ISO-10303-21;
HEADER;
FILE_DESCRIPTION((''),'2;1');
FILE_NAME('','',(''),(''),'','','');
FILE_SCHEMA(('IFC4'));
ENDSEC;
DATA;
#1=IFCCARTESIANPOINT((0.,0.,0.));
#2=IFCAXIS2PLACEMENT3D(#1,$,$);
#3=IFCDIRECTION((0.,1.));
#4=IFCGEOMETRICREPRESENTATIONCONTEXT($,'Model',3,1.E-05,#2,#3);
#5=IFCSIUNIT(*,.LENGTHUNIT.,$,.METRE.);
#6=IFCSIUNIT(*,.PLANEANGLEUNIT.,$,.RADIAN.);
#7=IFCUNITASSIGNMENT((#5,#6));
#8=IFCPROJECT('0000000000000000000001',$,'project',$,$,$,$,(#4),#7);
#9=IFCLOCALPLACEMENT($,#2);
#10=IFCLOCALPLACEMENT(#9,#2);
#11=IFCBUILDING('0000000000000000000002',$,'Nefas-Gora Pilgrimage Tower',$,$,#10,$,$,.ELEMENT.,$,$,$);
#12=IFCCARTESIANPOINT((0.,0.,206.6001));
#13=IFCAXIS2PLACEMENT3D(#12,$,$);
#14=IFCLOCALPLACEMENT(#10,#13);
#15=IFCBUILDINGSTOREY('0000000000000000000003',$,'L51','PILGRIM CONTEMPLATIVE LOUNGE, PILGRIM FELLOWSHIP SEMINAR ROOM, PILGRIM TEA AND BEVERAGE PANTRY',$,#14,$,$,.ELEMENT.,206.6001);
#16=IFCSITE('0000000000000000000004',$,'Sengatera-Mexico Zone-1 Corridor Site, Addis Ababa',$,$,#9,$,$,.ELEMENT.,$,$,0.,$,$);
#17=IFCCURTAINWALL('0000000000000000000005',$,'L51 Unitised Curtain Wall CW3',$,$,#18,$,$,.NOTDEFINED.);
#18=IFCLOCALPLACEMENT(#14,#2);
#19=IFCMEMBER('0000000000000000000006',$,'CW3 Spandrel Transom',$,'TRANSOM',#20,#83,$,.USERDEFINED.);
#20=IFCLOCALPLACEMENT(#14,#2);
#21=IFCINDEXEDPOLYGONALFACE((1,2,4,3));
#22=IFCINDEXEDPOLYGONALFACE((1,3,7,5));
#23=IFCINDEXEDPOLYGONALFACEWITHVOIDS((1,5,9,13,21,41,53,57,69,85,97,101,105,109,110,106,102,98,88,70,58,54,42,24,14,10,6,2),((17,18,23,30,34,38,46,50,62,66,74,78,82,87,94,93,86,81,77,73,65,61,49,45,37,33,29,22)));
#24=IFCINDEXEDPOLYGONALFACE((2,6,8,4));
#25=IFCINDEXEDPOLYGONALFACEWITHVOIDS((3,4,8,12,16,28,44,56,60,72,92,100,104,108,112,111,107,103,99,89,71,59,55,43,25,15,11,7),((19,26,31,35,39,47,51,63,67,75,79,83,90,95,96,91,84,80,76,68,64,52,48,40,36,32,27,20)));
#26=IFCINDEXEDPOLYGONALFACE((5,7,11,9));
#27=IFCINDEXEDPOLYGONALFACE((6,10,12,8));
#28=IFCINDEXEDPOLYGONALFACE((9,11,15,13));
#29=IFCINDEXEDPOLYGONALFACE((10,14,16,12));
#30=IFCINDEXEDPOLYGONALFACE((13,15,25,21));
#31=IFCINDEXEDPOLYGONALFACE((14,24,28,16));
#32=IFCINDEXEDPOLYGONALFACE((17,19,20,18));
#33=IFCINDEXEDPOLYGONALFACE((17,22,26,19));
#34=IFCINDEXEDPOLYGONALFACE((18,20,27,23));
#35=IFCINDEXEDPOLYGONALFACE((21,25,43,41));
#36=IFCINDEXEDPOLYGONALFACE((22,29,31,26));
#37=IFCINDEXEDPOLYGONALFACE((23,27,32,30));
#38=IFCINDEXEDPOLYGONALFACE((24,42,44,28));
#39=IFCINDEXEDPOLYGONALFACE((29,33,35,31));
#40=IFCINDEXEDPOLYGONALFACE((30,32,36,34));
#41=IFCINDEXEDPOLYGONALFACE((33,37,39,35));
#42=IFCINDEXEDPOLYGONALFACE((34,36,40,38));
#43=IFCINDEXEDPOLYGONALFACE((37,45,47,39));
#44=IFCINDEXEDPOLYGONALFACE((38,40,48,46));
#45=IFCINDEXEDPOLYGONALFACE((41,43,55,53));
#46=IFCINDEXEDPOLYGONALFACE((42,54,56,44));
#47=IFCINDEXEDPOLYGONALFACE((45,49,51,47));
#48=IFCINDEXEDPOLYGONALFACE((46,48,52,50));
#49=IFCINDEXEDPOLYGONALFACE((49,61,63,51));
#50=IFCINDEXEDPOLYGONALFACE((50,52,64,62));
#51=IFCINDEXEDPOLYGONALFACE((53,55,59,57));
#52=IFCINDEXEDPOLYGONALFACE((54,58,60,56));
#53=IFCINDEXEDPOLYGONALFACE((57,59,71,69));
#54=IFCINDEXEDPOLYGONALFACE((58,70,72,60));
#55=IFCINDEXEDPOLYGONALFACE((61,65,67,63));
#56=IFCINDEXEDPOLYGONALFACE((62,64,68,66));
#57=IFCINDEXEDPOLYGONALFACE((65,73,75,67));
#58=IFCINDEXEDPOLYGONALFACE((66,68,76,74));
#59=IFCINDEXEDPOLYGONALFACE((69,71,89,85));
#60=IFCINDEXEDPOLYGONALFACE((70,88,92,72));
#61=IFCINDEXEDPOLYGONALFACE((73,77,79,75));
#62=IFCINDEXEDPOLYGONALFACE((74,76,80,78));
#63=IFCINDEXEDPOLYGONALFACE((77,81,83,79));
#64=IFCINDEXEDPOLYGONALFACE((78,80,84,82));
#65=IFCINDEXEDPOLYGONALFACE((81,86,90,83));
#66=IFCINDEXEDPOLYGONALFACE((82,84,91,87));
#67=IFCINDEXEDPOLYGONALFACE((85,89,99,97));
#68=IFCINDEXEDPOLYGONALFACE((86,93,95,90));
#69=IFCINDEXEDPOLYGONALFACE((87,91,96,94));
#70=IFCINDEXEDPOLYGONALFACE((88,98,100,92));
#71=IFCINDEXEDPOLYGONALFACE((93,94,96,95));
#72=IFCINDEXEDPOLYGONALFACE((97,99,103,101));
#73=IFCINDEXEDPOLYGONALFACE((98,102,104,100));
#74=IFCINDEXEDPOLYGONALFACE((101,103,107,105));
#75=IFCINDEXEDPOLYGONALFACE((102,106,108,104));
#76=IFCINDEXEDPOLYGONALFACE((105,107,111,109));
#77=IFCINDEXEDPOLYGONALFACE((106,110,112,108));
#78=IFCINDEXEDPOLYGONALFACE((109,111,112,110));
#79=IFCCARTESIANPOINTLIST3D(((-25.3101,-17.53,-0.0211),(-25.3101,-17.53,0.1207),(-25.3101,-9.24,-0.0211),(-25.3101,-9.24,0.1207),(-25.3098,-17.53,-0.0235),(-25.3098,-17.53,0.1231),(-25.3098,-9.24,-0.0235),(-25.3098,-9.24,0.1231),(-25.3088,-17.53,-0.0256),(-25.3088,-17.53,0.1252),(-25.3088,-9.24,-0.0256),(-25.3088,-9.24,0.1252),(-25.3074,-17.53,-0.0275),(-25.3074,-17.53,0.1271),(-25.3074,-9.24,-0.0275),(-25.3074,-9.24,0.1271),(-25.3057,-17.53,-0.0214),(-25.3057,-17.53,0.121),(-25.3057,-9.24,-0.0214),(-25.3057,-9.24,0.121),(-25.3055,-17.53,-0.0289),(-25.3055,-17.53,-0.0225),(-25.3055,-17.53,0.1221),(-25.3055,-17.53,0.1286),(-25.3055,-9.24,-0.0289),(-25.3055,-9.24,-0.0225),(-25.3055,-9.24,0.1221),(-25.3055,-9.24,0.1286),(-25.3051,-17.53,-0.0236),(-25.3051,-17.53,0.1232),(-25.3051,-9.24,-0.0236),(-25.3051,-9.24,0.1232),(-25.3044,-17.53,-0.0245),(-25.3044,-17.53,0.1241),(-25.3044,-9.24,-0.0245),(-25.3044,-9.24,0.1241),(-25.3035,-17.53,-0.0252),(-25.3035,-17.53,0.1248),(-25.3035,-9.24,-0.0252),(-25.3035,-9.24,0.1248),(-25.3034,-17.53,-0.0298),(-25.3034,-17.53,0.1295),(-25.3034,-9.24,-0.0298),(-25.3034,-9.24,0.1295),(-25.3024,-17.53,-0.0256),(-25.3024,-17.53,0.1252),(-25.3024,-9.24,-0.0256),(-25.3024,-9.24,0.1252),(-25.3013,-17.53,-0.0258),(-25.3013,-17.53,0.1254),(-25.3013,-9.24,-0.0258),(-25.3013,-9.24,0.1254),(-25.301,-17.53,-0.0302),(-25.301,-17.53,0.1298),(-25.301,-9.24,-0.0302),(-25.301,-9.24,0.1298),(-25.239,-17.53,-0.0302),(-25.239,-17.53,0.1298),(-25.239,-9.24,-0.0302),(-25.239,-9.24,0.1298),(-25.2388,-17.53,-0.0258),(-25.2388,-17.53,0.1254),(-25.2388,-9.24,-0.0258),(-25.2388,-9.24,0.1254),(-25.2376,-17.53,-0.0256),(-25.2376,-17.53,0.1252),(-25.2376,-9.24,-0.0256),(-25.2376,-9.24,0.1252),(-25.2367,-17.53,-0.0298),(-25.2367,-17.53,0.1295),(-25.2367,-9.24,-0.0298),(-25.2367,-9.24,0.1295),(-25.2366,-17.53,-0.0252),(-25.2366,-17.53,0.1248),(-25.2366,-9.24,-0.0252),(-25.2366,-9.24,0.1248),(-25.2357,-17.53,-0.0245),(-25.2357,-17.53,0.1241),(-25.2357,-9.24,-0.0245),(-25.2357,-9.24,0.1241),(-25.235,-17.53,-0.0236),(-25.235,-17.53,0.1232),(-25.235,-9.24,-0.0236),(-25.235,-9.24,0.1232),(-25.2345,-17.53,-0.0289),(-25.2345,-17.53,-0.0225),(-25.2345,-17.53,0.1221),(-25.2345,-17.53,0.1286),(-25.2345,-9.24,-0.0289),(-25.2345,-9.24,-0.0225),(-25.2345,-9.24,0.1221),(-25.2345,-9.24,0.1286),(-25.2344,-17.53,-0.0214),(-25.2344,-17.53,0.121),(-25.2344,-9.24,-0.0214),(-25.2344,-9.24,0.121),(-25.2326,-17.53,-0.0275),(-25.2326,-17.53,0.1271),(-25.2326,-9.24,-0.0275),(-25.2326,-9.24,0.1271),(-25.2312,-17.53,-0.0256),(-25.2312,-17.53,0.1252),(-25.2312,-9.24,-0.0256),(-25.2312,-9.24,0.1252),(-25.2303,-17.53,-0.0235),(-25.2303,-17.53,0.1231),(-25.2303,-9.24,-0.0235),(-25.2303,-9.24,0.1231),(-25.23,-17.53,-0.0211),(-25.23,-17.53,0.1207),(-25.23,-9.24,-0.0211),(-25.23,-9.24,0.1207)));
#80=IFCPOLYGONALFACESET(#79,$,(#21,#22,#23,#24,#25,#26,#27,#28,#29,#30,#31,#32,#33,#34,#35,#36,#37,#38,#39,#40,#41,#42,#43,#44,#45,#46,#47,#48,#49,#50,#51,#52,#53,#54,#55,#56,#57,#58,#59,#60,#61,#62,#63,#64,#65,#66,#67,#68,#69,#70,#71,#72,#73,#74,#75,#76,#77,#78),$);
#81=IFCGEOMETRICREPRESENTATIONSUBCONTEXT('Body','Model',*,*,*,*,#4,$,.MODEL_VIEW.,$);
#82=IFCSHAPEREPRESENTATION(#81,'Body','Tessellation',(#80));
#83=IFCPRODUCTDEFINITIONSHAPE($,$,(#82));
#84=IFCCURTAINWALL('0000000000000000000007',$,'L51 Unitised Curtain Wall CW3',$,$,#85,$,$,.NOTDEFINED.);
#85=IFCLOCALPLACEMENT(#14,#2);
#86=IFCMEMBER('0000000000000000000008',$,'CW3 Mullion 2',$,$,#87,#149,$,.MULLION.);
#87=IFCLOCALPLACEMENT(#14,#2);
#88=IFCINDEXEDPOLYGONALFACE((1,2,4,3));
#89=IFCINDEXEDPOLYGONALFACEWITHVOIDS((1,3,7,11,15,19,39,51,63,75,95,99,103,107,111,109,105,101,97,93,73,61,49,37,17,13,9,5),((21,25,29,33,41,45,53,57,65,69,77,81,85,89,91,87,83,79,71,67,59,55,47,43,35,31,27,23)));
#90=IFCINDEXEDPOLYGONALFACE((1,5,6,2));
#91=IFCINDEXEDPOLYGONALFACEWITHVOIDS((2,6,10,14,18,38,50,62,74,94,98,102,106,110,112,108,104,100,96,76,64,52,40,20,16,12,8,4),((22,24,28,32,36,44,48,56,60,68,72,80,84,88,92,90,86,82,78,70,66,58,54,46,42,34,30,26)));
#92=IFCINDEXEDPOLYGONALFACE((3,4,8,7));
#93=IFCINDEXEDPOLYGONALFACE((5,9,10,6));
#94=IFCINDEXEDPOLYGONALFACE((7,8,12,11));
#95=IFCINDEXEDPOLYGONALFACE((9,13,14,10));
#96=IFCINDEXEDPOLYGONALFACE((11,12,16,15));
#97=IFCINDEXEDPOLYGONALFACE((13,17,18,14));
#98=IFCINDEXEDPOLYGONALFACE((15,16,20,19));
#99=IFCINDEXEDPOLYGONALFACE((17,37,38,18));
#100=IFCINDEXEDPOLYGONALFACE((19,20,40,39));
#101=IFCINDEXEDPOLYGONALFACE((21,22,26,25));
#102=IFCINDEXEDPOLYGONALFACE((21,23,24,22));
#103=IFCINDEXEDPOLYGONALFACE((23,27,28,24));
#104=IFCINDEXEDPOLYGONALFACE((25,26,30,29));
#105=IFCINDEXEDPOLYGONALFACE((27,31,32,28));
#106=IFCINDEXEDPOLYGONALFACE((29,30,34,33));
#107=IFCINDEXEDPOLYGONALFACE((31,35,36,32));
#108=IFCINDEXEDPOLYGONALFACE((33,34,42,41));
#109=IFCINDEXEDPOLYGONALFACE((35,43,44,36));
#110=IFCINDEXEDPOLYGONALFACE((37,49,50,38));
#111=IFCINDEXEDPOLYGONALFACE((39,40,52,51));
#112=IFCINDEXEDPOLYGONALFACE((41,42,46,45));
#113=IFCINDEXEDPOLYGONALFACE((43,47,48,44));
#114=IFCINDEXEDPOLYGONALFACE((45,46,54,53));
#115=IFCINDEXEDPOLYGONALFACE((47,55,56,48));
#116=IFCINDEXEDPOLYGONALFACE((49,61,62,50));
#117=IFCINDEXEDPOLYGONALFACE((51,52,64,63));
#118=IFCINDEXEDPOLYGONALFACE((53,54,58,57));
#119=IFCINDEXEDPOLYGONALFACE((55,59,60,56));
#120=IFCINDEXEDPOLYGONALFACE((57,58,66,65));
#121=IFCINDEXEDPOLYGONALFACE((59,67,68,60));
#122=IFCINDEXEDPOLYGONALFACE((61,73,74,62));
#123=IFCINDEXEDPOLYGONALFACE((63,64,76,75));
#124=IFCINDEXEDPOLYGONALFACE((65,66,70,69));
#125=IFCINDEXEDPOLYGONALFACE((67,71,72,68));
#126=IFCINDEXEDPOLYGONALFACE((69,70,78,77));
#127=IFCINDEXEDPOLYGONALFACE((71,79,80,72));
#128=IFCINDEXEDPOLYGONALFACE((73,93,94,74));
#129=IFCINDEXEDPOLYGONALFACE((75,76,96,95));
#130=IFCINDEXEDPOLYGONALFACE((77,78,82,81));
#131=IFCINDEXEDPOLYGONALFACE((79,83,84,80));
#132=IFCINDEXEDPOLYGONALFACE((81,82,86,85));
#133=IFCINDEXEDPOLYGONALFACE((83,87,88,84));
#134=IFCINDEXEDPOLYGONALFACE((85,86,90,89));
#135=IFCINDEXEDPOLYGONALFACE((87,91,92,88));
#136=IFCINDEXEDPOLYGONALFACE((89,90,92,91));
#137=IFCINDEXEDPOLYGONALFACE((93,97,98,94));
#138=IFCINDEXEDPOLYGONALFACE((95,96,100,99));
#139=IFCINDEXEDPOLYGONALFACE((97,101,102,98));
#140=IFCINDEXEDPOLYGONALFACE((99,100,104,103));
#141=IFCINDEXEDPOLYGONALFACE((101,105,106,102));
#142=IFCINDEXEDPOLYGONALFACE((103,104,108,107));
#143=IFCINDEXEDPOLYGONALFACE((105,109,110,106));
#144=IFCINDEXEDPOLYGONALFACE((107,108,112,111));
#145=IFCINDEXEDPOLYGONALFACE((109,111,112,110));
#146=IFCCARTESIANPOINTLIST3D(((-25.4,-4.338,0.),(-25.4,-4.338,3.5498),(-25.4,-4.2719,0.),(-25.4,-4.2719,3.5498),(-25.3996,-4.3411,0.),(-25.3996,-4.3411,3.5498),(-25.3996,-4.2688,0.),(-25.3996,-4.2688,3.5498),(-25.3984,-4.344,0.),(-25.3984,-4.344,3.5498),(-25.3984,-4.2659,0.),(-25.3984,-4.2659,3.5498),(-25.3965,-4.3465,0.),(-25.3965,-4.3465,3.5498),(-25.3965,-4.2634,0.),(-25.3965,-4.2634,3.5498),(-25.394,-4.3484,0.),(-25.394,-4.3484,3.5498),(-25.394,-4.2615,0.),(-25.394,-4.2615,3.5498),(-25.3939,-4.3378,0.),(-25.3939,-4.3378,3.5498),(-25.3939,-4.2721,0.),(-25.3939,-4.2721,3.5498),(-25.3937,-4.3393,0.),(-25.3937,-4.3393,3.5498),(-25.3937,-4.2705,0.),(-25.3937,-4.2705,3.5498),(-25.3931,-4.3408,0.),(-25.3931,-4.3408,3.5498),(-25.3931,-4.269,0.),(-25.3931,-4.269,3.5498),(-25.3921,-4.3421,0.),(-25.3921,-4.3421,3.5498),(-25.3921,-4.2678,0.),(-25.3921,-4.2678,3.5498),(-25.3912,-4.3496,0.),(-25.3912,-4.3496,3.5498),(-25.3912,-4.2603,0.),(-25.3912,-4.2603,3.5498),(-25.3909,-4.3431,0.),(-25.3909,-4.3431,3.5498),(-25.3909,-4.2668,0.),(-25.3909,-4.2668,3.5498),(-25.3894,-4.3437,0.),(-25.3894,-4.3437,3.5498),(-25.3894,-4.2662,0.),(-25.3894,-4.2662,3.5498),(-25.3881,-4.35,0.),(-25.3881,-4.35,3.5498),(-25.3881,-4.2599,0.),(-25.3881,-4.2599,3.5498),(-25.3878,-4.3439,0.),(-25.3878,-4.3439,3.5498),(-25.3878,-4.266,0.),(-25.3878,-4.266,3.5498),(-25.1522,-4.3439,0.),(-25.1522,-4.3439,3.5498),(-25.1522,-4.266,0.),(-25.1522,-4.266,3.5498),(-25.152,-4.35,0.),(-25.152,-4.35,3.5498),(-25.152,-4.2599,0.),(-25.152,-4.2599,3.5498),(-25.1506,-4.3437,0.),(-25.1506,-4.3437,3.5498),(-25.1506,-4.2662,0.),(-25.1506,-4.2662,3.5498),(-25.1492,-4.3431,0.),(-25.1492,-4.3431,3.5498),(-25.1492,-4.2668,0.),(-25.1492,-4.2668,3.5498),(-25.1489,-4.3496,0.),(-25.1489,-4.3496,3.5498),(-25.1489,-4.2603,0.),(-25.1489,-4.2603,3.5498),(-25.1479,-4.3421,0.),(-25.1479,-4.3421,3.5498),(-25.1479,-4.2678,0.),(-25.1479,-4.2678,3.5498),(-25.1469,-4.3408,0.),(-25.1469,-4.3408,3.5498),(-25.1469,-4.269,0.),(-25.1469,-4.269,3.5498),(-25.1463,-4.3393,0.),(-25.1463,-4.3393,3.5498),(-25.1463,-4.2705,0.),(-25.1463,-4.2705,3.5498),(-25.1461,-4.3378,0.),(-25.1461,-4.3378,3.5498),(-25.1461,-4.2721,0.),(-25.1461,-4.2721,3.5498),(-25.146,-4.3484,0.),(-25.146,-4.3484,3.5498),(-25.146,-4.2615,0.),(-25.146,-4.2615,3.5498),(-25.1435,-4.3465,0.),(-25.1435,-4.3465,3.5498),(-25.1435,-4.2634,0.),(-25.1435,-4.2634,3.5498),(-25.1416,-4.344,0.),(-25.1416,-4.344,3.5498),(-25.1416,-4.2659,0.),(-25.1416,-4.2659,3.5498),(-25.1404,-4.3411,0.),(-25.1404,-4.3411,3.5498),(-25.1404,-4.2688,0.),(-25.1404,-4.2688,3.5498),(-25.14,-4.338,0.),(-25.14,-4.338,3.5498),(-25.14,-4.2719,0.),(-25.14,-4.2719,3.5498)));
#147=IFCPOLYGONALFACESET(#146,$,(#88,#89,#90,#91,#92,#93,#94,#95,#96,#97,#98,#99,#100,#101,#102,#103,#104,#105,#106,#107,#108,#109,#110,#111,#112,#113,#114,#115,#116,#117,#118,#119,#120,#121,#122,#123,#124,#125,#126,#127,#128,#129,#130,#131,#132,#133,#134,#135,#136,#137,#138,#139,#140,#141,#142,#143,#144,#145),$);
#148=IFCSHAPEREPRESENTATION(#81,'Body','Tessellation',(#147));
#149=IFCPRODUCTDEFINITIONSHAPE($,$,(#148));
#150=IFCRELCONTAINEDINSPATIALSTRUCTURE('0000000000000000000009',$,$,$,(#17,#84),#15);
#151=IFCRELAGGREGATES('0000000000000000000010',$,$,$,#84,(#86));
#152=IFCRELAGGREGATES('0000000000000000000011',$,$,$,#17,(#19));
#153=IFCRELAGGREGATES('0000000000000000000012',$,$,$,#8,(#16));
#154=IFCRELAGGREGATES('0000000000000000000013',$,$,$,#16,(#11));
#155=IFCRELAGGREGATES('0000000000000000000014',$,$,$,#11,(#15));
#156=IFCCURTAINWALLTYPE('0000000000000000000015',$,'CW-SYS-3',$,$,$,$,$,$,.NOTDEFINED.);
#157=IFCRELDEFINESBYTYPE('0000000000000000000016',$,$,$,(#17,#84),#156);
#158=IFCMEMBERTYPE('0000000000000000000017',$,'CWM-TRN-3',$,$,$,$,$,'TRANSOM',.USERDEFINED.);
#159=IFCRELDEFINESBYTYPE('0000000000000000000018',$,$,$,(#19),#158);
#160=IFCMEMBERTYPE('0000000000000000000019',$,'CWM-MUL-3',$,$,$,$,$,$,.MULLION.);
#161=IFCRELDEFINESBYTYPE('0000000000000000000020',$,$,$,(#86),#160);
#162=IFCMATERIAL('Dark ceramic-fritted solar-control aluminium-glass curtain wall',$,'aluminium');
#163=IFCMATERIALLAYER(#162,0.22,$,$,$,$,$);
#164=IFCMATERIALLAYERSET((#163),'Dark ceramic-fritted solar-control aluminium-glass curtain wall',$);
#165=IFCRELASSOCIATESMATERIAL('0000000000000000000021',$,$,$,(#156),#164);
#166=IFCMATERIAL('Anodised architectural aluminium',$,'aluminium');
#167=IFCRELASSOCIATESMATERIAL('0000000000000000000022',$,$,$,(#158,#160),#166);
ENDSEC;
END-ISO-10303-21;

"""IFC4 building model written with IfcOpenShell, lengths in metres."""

from ifc_helpers import new_model, si_unit, direction, frame, origin, origin_2d, place, context, subcontext, project, spatial, hollow_rectangle, extrude, source, transform, mapped, material, layer, layer_set, material_profile, profile_set, type_object, element, aggregate, save


model = new_model("IFC4")

# Units and contexts
model_context = context("Model", 3, precision=1e-05, world=origin(), true_north=direction((0.0, 1.0)))
body_context = subcontext(model_context, "Body", "Model", "MODEL_VIEW")
ifc_project = project(units=[si_unit("LENGTHUNIT", "METRE"), si_unit("PLANEANGLEUNIT", "RADIAN")], contexts=[model_context])

# Site, building, storey
site_placement = place(None, origin())
site = spatial("IfcSite", under=ifc_project, at=site_placement, Name="Sengatera-Mexico Zone-1 Corridor Site, Addis Ababa", CompositionType="ELEMENT", RefElevation=0.0)
building_placement = place(site_placement, origin())
building = spatial("IfcBuilding", under=site, at=building_placement, Name="Nefas-Gora Pilgrimage Tower", CompositionType="ELEMENT")
storey_placement = place(building_placement, frame((0.0, 0.0, 206.6001)))
storey = spatial("IfcBuildingStorey", under=building, at=storey_placement, Name="L51", Description="PILGRIM CONTEMPLATIVE LOUNGE, PILGRIM FELLOWSHIP SEMINAR ROOM, PILGRIM TEA AND BEVERAGE PANTRY", CompositionType="ELEMENT", Elevation=206.6001)

# Curtain walls, members
ifc_material_1 = material(Name="Dark ceramic-fritted solar-control aluminium-glass curtain wall", Category="aluminium")
ifc_layer_1 = layer(ifc_material_1, 0.22)
ifc_layer_set_1 = layer_set([ifc_layer_1], Name="Dark ceramic-fritted solar-control aluminium-glass curtain wall")
curtain_wall_type = type_object("IfcCurtainWallType", Name="CW-SYS-3", PredefinedType="NOTDEFINED", material=ifc_layer_set_1)
curtain_wall_1_placement = place(storey_placement, origin())
curtain_wall_1 = element("IfcCurtainWall", 1, at=curtain_wall_1_placement, inside=storey, type_object=curtain_wall_type, Name="L51 Unitised Curtain Wall CW3", PredefinedType="NOTDEFINED")
ifc_material_2 = material(Name="Anodised architectural aluminium", Category="aluminium")
ifc_material_profile_1 = material_profile(ifc_material_2, hollow_rectangle(XDim=0.0801, YDim=0.1599, WallThickness=0.0044, InnerFilletRadius=0.0044, OuterFilletRadius=0.009, at=origin_2d()), Name="ALU TRANSOM 80x160")
ifc_profile_set_1 = profile_set([ifc_material_profile_1], Name="Anodised architectural aluminium")
member_type_1 = type_object("IfcMemberType", Name="CWM-TRN-3", ElementType="TRANSOM", PredefinedType="USERDEFINED", material=ifc_profile_set_1)
shared_shape_1 = source(origin(), body_context, "Body", "SweptSolid", [
    extrude(hollow_rectangle(XDim=0.0801, YDim=0.1599, WallThickness=0.0044, InnerFilletRadius=0.0044, OuterFilletRadius=0.009, at=origin_2d()), origin(), (0.0, 0.0, 1.0), 8.29),
])
member_1_placement = place(storey_placement, frame((-25.27, -9.24, 0.0498), z_axis=(0.0, -1.0, 0.0), x_axis=(1.0, 0.0, 0.0)))
member_1 = element("IfcMember", 2, at=member_1_placement, type_object=member_type_1, Name="CW3 Spandrel Transom", ObjectType="TRANSOM", PredefinedType="USERDEFINED", context=body_context, shape_type="MappedRepresentation", body=[
    mapped(shared_shape_1, transform((0.0, 0.0, 0.0), x_axis=(1.0, 0.0, 0.0), y_axis=(0.0, 1.0, 0.0), z_axis=(0.0, 0.0, 1.0), scale=1.0)),
])
curtain_wall_2_placement = place(storey_placement, origin())
curtain_wall_2 = element("IfcCurtainWall", 3, at=curtain_wall_2_placement, inside=storey, type_object=curtain_wall_type, Name="L51 Unitised Curtain Wall CW3", PredefinedType="NOTDEFINED")
ifc_material_profile_2 = material_profile(ifc_material_2, hollow_rectangle(XDim=0.0901, YDim=0.26, WallThickness=0.0061, InnerFilletRadius=0.0061, OuterFilletRadius=0.012, at=origin_2d()), Name="ALU MULLION 90x260")
ifc_profile_set_2 = profile_set([ifc_material_profile_2], Name="Anodised architectural aluminium")
member_type_2 = type_object("IfcMemberType", Name="CWM-MUL-3", PredefinedType="MULLION", material=ifc_profile_set_2)
shared_shape_2 = source(origin(), body_context, "Body", "SweptSolid", [
    extrude(hollow_rectangle(XDim=0.0901, YDim=0.26, WallThickness=0.0061, InnerFilletRadius=0.0061, OuterFilletRadius=0.012, at=origin_2d()), origin(), (0.0, 0.0, 1.0), 3.5498),
])
member_2_placement = place(storey_placement, frame((-25.27, -4.3049, 0.0), z_axis=(0.0, 0.0, 1.0), x_axis=(0.0, -1.0, 0.0)))
member_2 = element("IfcMember", 4, at=member_2_placement, type_object=member_type_2, Name="CW3 Mullion 2", PredefinedType="MULLION", context=body_context, shape_type="MappedRepresentation", body=[
    mapped(shared_shape_2, transform((0.0, 0.0, 0.0), x_axis=(1.0, 0.0, 0.0), y_axis=(0.0, 1.0, 0.0), z_axis=(0.0, 0.0, 1.0), scale=1.0)),
])
aggregate(curtain_wall_2, [member_2])

aggregate(curtain_wall_1, [member_1])

save(model, "model.ifc")
